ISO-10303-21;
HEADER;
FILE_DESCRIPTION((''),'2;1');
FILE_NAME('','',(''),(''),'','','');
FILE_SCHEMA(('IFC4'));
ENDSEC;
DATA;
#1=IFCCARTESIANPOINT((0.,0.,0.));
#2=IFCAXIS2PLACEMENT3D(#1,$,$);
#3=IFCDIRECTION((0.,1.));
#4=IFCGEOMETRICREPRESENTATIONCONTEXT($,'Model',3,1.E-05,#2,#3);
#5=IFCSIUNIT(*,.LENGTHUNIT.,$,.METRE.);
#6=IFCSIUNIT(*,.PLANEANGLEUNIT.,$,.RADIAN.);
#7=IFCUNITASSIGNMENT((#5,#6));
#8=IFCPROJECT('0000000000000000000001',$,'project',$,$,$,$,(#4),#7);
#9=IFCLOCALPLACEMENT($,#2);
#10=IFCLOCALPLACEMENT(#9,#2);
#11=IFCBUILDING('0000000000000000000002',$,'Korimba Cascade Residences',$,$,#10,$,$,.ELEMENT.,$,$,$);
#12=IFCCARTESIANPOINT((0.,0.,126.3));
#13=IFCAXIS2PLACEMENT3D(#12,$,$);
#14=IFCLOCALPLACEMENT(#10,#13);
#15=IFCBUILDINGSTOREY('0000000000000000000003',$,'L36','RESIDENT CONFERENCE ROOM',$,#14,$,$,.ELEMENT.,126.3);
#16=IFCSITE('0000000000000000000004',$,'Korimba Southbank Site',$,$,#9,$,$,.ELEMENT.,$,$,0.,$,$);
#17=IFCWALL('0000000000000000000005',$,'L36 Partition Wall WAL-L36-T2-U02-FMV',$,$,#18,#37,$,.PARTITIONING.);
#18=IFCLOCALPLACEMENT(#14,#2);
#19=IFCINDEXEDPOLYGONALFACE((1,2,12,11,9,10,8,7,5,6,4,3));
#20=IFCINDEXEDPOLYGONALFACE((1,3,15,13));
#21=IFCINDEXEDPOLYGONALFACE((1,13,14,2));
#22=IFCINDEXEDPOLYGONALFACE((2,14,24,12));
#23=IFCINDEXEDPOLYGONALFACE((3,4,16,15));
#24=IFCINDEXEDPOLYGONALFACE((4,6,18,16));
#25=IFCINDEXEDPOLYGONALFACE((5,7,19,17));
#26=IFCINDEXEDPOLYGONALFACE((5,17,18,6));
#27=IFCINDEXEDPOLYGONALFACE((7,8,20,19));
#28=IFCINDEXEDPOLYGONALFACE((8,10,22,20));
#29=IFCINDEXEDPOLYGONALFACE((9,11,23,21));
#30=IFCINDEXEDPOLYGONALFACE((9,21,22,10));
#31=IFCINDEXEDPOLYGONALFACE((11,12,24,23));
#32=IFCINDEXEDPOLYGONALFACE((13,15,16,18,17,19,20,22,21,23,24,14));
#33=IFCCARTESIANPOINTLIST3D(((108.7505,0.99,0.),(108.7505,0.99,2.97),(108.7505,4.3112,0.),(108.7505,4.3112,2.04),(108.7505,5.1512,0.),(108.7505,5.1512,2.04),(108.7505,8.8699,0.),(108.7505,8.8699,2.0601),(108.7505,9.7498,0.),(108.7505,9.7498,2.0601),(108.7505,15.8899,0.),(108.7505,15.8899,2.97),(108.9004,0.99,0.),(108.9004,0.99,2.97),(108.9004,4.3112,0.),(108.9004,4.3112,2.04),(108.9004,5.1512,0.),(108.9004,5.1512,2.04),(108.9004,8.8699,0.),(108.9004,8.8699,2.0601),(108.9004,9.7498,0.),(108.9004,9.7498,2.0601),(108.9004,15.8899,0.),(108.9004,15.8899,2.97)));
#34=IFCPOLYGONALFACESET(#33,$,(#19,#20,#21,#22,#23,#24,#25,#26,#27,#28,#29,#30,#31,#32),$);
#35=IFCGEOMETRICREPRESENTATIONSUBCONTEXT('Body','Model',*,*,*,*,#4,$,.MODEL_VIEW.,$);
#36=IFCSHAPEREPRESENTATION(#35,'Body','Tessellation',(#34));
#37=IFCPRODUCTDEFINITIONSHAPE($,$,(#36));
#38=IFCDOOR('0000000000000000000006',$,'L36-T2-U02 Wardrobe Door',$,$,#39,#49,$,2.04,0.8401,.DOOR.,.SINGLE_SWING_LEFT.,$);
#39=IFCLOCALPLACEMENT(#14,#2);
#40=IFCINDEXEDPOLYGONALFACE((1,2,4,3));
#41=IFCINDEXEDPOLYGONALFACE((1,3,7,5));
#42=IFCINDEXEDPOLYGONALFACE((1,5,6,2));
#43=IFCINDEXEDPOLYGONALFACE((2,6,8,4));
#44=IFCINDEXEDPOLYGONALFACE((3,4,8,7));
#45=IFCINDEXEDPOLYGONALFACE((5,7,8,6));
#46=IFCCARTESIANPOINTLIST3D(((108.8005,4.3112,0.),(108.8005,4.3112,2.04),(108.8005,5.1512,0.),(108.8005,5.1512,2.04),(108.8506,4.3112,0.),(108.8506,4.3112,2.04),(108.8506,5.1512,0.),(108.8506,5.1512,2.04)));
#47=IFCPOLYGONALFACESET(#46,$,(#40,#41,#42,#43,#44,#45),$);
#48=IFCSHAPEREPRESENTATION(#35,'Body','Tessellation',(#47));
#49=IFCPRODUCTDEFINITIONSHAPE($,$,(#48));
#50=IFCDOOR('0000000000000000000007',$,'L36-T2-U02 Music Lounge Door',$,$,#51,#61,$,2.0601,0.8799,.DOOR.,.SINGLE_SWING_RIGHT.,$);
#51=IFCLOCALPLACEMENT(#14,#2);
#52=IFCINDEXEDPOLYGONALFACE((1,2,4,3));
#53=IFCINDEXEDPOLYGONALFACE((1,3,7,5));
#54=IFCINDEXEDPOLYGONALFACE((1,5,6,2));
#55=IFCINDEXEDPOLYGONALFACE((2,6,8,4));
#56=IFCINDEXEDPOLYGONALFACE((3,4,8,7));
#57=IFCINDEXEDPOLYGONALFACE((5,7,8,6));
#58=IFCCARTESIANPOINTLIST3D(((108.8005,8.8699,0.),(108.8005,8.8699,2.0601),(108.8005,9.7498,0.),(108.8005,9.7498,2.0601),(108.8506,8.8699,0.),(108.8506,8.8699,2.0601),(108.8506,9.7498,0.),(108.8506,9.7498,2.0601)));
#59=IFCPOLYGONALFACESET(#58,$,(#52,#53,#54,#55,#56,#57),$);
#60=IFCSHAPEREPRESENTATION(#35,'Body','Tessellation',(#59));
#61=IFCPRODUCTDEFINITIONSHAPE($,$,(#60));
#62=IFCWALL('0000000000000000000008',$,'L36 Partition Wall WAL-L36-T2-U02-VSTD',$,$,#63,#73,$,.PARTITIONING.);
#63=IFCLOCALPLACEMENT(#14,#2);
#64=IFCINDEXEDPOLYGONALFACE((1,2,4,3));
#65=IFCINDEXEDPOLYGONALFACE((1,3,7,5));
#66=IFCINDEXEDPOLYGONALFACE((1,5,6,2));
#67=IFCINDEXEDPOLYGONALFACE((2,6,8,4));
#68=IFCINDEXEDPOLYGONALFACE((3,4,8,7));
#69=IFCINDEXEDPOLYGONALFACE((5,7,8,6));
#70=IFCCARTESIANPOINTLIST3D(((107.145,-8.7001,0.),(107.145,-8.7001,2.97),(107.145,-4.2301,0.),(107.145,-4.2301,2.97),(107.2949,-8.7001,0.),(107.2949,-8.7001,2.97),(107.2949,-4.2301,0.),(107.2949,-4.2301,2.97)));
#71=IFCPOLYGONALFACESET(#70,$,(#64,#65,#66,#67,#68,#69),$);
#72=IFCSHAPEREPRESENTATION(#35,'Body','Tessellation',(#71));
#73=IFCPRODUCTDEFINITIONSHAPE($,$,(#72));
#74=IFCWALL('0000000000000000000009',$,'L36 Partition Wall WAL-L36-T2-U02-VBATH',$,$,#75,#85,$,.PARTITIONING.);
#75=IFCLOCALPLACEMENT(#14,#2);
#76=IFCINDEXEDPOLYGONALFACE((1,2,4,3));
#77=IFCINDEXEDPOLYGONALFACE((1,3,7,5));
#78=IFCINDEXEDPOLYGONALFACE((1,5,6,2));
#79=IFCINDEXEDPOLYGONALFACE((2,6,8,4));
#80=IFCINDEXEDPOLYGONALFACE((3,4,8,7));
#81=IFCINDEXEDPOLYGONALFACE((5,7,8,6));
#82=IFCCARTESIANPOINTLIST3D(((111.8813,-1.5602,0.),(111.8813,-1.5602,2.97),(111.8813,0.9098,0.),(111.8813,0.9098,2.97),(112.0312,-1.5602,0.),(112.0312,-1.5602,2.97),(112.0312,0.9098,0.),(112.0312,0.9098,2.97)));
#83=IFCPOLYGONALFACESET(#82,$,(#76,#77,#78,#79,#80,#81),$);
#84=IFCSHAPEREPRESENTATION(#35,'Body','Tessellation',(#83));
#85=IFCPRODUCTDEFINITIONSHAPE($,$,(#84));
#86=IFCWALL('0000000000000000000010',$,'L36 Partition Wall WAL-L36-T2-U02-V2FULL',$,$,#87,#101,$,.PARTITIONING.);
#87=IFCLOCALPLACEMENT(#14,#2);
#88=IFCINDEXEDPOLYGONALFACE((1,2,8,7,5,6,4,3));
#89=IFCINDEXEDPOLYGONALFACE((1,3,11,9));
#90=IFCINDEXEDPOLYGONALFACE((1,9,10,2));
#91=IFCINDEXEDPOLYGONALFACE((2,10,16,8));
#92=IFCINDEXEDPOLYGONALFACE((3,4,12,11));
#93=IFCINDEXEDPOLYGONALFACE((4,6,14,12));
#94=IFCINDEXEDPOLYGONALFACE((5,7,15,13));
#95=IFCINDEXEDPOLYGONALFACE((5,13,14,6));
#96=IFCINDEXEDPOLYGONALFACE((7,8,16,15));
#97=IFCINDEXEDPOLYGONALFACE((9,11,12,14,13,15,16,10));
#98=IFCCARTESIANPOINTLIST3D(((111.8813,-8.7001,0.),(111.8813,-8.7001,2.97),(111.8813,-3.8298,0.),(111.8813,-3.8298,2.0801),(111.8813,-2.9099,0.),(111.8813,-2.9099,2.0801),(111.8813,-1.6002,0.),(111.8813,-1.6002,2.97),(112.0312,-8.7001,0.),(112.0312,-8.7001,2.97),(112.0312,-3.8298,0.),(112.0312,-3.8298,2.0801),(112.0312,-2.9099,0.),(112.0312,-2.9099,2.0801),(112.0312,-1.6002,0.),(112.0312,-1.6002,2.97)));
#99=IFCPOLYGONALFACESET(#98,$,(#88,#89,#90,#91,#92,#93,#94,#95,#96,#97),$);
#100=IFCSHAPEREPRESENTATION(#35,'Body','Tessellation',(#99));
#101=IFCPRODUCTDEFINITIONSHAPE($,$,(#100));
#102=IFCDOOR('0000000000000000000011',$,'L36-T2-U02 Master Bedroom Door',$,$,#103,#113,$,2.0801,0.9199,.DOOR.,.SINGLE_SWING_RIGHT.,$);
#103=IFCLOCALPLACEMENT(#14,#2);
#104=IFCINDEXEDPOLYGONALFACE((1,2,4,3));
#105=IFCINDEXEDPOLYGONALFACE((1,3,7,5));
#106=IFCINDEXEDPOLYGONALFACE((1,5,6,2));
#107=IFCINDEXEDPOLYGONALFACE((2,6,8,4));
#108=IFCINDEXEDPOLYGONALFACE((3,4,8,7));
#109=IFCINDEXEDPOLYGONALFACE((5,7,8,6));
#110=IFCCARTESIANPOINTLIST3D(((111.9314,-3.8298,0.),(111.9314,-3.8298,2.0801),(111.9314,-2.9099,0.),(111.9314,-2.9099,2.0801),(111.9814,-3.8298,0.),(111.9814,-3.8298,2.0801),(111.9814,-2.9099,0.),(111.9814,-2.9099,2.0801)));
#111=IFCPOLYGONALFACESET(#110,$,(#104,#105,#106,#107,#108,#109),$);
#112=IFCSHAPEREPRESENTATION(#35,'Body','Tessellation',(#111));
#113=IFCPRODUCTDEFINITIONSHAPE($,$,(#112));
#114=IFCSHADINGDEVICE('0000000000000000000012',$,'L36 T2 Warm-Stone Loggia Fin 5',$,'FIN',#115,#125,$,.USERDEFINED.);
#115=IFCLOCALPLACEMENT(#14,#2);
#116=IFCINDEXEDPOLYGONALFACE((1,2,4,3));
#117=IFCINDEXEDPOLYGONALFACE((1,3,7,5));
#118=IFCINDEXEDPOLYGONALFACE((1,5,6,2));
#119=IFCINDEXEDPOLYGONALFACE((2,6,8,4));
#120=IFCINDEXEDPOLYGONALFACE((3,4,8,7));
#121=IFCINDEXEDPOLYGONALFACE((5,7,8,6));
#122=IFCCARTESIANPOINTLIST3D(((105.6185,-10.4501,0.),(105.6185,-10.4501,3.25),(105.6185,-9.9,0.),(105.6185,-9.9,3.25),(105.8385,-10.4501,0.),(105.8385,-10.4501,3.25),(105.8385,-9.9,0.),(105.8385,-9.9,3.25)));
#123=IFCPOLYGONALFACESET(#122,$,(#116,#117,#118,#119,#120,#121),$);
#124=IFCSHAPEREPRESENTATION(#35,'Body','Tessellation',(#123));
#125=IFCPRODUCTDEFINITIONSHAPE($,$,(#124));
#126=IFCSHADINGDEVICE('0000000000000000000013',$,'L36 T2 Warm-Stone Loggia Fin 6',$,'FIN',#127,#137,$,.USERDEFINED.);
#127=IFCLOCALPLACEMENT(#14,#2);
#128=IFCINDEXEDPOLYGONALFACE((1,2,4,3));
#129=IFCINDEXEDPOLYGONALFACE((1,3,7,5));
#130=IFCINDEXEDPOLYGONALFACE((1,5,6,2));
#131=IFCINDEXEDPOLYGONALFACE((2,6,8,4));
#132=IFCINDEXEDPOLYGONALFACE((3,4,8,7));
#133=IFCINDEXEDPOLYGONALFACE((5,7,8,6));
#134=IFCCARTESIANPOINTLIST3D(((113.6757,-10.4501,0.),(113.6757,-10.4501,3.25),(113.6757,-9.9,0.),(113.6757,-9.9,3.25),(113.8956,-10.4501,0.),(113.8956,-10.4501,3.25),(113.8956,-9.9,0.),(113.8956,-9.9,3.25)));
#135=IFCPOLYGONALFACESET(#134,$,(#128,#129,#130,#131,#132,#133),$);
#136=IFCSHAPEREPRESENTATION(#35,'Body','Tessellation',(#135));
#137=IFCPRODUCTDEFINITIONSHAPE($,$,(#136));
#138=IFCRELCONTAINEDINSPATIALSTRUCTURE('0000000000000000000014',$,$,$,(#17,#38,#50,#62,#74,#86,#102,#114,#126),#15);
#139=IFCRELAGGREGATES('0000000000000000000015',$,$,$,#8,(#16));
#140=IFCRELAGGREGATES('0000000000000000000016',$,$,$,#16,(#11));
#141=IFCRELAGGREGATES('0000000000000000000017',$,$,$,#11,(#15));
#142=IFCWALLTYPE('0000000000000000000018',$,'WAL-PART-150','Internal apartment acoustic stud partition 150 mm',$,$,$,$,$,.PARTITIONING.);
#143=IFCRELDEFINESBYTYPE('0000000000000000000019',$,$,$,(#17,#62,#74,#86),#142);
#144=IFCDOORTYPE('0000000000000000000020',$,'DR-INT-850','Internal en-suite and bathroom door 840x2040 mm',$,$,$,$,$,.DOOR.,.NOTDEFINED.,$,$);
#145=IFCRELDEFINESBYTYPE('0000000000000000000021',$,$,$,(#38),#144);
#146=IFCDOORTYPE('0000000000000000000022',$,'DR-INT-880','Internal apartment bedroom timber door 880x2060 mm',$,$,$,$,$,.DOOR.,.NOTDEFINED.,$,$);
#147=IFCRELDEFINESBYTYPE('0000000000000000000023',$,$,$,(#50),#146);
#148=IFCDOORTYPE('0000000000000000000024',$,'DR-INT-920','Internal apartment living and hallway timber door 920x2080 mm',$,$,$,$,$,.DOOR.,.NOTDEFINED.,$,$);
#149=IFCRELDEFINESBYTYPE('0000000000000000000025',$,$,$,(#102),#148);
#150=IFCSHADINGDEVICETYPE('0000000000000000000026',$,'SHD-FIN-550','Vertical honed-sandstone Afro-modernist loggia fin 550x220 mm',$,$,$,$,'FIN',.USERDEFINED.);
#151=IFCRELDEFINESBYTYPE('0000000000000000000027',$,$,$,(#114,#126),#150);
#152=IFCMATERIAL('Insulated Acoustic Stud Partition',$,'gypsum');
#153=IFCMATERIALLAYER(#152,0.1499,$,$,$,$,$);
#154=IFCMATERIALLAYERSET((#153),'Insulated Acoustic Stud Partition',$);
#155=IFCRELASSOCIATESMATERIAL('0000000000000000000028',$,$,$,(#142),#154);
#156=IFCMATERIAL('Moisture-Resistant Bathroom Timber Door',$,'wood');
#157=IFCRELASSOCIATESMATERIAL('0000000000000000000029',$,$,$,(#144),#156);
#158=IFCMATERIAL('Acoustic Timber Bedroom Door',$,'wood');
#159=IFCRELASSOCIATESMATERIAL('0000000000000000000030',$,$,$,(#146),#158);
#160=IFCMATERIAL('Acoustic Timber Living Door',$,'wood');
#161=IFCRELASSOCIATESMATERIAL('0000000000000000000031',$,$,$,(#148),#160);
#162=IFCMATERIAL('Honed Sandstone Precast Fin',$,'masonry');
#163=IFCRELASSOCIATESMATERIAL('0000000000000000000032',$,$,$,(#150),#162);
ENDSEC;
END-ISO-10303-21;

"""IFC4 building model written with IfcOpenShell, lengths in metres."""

from ifc_helpers import new_model, si_unit, direction, frame, frame_2d, origin, origin_2d, place, context, subcontext, project, spatial, rectangle, extrude, material, layer, layer_set, type_object, element, fill, save


model = new_model("IFC4")

# Units and contexts
model_context = context("Model", 3, precision=1e-05, world=origin(), true_north=direction((0.0, 1.0)))
body_context = subcontext(model_context, "Body", "Model", "MODEL_VIEW")
ifc_project = project(units=[si_unit("LENGTHUNIT", "METRE"), si_unit("PLANEANGLEUNIT", "RADIAN")], contexts=[model_context])

# Site, building, storey
site_placement = place(None, origin())
site = spatial("IfcSite", under=ifc_project, at=site_placement, Name="Korimba Southbank Site", CompositionType="ELEMENT", RefElevation=0.0)
building_placement = place(site_placement, origin())
building = spatial("IfcBuilding", under=site, at=building_placement, Name="Korimba Cascade Residences", CompositionType="ELEMENT")
storey_placement = place(building_placement, frame((0.0, 0.0, 126.3)))
storey = spatial("IfcBuildingStorey", under=building, at=storey_placement, Name="L36", Description="RESIDENT CONFERENCE ROOM", CompositionType="ELEMENT", Elevation=126.3)

# Wall, openings, doors
ifc_material_1 = material(Name="Insulated Acoustic Stud Partition", Category="gypsum")
ifc_layer_1 = layer(ifc_material_1, 0.1499)
ifc_layer_set_1 = layer_set([ifc_layer_1], Name="Insulated Acoustic Stud Partition")
wall_type_1 = type_object("IfcWallType", Name="WAL-PART-150", Description="Internal apartment acoustic stud partition 150 mm", PredefinedType="PARTITIONING", material=ifc_layer_set_1)
wall_1_placement = place(storey_placement, frame((108.8254, 0.99, 0.0), z_axis=(0.0, 0.0, 1.0), x_axis=(0.0, 1.0, 0.0)))
wall_1 = element("IfcWall", 1, at=wall_1_placement, inside=storey, type_object=wall_type_1, Name="L36 Partition Wall WAL-L36-T2-U02-FMV", PredefinedType="PARTITIONING", context=body_context, shape_type="SweptSolid", body=[
    extrude(rectangle(XDim=14.8999, YDim=0.1499, at=frame_2d((7.45, 0.0))), origin(), (0.0, 0.0, 1.0), 2.97),
])
opening_1_placement = place(wall_1_placement, frame((3.3213, 0.0, 0.0)))
opening_1 = element("IfcOpeningElement", 2, at=opening_1_placement, cuts=wall_1, PredefinedType="OPENING", context=body_context, shape_type="SweptSolid", body=[
    extrude(rectangle(XDim=0.8401, YDim=2.04, at=frame_2d((0.4199, 1.02))), frame((0.0, 0.085, 0.0), z_axis=(0.0, -1.0, 0.0), x_axis=(1.0, 0.0, 0.0)), (0.0, 0.0, 1.0), 0.1699),
])
opening_2_placement = place(wall_1_placement, frame((7.8799, 0.0, 0.0)))
opening_2 = element("IfcOpeningElement", 3, at=opening_2_placement, cuts=wall_1, PredefinedType="OPENING", context=body_context, shape_type="SweptSolid", body=[
    extrude(rectangle(XDim=0.8799, YDim=2.0601, at=frame_2d((0.4399, 1.03))), frame((0.0, 0.085, 0.0), z_axis=(0.0, -1.0, 0.0), x_axis=(1.0, 0.0, 0.0)), (0.0, 0.0, 1.0), 0.1699),
])
ifc_material_2 = material(Name="Moisture-Resistant Bathroom Timber Door", Category="wood")
door_type_1 = type_object("IfcDoorType", Name="DR-INT-850", Description="Internal en-suite and bathroom door 840x2040 mm", OperationType="NOTDEFINED", PredefinedType="DOOR", material=ifc_material_2)
door_1_placement = place(opening_1_placement, origin())
door_1 = element("IfcDoor", 4, at=door_1_placement, inside=storey, type_object=door_type_1, Name="L36-T2-U02 Wardrobe Door", OperationType="SINGLE_SWING_LEFT", OverallHeight=2.04, OverallWidth=0.8401, PredefinedType="DOOR", context=body_context, shape_type="SweptSolid", body=[
    extrude(rectangle(XDim=0.8401, YDim=2.04, at=frame_2d((0.4199, 1.02))), frame((0.0, 0.0249, 0.0), z_axis=(0.0, -1.0, 0.0), x_axis=(1.0, 0.0, 0.0)), (0.0, 0.0, 1.0), 0.05),
])
fill(opening_1, door_1)
ifc_material_3 = material(Name="Acoustic Timber Bedroom Door", Category="wood")
door_type_2 = type_object("IfcDoorType", Name="DR-INT-880", Description="Internal apartment bedroom timber door 880x2060 mm", OperationType="NOTDEFINED", PredefinedType="DOOR", material=ifc_material_3)
door_2_placement = place(opening_2_placement, origin())
door_2 = element("IfcDoor", 5, at=door_2_placement, inside=storey, type_object=door_type_2, Name="L36-T2-U02 Music Lounge Door", OperationType="SINGLE_SWING_RIGHT", OverallHeight=2.0601, OverallWidth=0.8799, PredefinedType="DOOR", context=body_context, shape_type="SweptSolid", body=[
    extrude(rectangle(XDim=0.8799, YDim=2.0601, at=frame_2d((0.4399, 1.03))), frame((0.0, 0.0249, 0.0), z_axis=(0.0, -1.0, 0.0), x_axis=(1.0, 0.0, 0.0)), (0.0, 0.0, 1.0), 0.05),
])
fill(opening_2, door_2)

# Walls
wall_2_placement = place(storey_placement, frame((107.22, -8.7, 0.0), z_axis=(0.0, 0.0, 1.0), x_axis=(0.0, 1.0, 0.0)))
element("IfcWall", 6, at=wall_2_placement, inside=storey, type_object=wall_type_1, Name="L36 Partition Wall WAL-L36-T2-U02-VSTD", PredefinedType="PARTITIONING", context=body_context, shape_type="SweptSolid", body=[
    extrude(rectangle(XDim=4.47, YDim=0.1499, at=frame_2d((2.2349, 0.0))), origin(), (0.0, 0.0, 1.0), 2.97),
])
wall_3_placement = place(storey_placement, frame((111.9563, -1.5601, 0.0), z_axis=(0.0, 0.0, 1.0), x_axis=(0.0, 1.0, 0.0)))
element("IfcWall", 7, at=wall_3_placement, inside=storey, type_object=wall_type_1, Name="L36 Partition Wall WAL-L36-T2-U02-VBATH", PredefinedType="PARTITIONING", context=body_context, shape_type="SweptSolid", body=[
    extrude(rectangle(XDim=2.47, YDim=0.1499, at=frame_2d((1.2349, 0.0))), origin(), (0.0, 0.0, 1.0), 2.97),
])

# Wall, opening, door
wall_4_placement = place(storey_placement, frame((111.9563, -8.7, 0.0), z_axis=(0.0, 0.0, 1.0), x_axis=(0.0, 1.0, 0.0)))
wall_4 = element("IfcWall", 8, at=wall_4_placement, inside=storey, type_object=wall_type_1, Name="L36 Partition Wall WAL-L36-T2-U02-V2FULL", PredefinedType="PARTITIONING", context=body_context, shape_type="SweptSolid", body=[
    extrude(rectangle(XDim=7.0999, YDim=0.1499, at=frame_2d((3.5498, 0.0))), origin(), (0.0, 0.0, 1.0), 2.97),
])
opening_3_placement = place(wall_4_placement, frame((4.8701, 0.0, 0.0)))
opening_3 = element("IfcOpeningElement", 9, at=opening_3_placement, cuts=wall_4, PredefinedType="OPENING", context=body_context, shape_type="SweptSolid", body=[
    extrude(rectangle(XDim=0.9199, YDim=2.0801, at=frame_2d((0.46, 1.04))), frame((0.0, 0.085, 0.0), z_axis=(0.0, -1.0, 0.0), x_axis=(1.0, 0.0, 0.0)), (0.0, 0.0, 1.0), 0.1699),
])
ifc_material_4 = material(Name="Acoustic Timber Living Door", Category="wood")
door_type_3 = type_object("IfcDoorType", Name="DR-INT-920", Description="Internal apartment living and hallway timber door 920x2080 mm", OperationType="NOTDEFINED", PredefinedType="DOOR", material=ifc_material_4)
door_3_placement = place(opening_3_placement, origin())
door_3 = element("IfcDoor", 10, at=door_3_placement, inside=storey, type_object=door_type_3, Name="L36-T2-U02 Master Bedroom Door", OperationType="SINGLE_SWING_RIGHT", OverallHeight=2.0801, OverallWidth=0.9199, PredefinedType="DOOR", context=body_context, shape_type="SweptSolid", body=[
    extrude(rectangle(XDim=0.9199, YDim=2.0801, at=frame_2d((0.46, 1.04))), frame((0.0, 0.0249, 0.0), z_axis=(0.0, -1.0, 0.0), x_axis=(1.0, 0.0, 0.0)), (0.0, 0.0, 1.0), 0.05),
])
fill(opening_3, door_3)

# Shading devices
ifc_material_5 = material(Name="Honed Sandstone Precast Fin", Category="masonry")
shading_device_type = type_object("IfcShadingDeviceType", Name="SHD-FIN-550", Description="Vertical honed-sandstone Afro-modernist loggia fin 550x220 mm", ElementType="FIN", PredefinedType="USERDEFINED", material=ifc_material_5)
for number, where, z_axis, x_axis, name in (
    (11, (105.7285, -10.175, 0.0), (0.0, 0.0, 1.0), (1.0, 0.0, 0.0), "L36 T2 Warm-Stone Loggia Fin 5"),
    (12, (113.7856, -10.175, 0.0), (0.0, 0.0, 1.0), (1.0, 0.0, 0.0), "L36 T2 Warm-Stone Loggia Fin 6"),
):
    element("IfcShadingDevice", number, at=place(storey_placement, frame(where, z_axis=z_axis, x_axis=x_axis)), inside=storey, type_object=shading_device_type, Name=name, ObjectType="FIN", PredefinedType="USERDEFINED", context=body_context, shape_type="SweptSolid", body=[
        extrude(rectangle(XDim=0.22, YDim=0.55, at=origin_2d()), origin(), (0.0, 0.0, 1.0), 3.25),
    ])

save(model, "model.ifc")
